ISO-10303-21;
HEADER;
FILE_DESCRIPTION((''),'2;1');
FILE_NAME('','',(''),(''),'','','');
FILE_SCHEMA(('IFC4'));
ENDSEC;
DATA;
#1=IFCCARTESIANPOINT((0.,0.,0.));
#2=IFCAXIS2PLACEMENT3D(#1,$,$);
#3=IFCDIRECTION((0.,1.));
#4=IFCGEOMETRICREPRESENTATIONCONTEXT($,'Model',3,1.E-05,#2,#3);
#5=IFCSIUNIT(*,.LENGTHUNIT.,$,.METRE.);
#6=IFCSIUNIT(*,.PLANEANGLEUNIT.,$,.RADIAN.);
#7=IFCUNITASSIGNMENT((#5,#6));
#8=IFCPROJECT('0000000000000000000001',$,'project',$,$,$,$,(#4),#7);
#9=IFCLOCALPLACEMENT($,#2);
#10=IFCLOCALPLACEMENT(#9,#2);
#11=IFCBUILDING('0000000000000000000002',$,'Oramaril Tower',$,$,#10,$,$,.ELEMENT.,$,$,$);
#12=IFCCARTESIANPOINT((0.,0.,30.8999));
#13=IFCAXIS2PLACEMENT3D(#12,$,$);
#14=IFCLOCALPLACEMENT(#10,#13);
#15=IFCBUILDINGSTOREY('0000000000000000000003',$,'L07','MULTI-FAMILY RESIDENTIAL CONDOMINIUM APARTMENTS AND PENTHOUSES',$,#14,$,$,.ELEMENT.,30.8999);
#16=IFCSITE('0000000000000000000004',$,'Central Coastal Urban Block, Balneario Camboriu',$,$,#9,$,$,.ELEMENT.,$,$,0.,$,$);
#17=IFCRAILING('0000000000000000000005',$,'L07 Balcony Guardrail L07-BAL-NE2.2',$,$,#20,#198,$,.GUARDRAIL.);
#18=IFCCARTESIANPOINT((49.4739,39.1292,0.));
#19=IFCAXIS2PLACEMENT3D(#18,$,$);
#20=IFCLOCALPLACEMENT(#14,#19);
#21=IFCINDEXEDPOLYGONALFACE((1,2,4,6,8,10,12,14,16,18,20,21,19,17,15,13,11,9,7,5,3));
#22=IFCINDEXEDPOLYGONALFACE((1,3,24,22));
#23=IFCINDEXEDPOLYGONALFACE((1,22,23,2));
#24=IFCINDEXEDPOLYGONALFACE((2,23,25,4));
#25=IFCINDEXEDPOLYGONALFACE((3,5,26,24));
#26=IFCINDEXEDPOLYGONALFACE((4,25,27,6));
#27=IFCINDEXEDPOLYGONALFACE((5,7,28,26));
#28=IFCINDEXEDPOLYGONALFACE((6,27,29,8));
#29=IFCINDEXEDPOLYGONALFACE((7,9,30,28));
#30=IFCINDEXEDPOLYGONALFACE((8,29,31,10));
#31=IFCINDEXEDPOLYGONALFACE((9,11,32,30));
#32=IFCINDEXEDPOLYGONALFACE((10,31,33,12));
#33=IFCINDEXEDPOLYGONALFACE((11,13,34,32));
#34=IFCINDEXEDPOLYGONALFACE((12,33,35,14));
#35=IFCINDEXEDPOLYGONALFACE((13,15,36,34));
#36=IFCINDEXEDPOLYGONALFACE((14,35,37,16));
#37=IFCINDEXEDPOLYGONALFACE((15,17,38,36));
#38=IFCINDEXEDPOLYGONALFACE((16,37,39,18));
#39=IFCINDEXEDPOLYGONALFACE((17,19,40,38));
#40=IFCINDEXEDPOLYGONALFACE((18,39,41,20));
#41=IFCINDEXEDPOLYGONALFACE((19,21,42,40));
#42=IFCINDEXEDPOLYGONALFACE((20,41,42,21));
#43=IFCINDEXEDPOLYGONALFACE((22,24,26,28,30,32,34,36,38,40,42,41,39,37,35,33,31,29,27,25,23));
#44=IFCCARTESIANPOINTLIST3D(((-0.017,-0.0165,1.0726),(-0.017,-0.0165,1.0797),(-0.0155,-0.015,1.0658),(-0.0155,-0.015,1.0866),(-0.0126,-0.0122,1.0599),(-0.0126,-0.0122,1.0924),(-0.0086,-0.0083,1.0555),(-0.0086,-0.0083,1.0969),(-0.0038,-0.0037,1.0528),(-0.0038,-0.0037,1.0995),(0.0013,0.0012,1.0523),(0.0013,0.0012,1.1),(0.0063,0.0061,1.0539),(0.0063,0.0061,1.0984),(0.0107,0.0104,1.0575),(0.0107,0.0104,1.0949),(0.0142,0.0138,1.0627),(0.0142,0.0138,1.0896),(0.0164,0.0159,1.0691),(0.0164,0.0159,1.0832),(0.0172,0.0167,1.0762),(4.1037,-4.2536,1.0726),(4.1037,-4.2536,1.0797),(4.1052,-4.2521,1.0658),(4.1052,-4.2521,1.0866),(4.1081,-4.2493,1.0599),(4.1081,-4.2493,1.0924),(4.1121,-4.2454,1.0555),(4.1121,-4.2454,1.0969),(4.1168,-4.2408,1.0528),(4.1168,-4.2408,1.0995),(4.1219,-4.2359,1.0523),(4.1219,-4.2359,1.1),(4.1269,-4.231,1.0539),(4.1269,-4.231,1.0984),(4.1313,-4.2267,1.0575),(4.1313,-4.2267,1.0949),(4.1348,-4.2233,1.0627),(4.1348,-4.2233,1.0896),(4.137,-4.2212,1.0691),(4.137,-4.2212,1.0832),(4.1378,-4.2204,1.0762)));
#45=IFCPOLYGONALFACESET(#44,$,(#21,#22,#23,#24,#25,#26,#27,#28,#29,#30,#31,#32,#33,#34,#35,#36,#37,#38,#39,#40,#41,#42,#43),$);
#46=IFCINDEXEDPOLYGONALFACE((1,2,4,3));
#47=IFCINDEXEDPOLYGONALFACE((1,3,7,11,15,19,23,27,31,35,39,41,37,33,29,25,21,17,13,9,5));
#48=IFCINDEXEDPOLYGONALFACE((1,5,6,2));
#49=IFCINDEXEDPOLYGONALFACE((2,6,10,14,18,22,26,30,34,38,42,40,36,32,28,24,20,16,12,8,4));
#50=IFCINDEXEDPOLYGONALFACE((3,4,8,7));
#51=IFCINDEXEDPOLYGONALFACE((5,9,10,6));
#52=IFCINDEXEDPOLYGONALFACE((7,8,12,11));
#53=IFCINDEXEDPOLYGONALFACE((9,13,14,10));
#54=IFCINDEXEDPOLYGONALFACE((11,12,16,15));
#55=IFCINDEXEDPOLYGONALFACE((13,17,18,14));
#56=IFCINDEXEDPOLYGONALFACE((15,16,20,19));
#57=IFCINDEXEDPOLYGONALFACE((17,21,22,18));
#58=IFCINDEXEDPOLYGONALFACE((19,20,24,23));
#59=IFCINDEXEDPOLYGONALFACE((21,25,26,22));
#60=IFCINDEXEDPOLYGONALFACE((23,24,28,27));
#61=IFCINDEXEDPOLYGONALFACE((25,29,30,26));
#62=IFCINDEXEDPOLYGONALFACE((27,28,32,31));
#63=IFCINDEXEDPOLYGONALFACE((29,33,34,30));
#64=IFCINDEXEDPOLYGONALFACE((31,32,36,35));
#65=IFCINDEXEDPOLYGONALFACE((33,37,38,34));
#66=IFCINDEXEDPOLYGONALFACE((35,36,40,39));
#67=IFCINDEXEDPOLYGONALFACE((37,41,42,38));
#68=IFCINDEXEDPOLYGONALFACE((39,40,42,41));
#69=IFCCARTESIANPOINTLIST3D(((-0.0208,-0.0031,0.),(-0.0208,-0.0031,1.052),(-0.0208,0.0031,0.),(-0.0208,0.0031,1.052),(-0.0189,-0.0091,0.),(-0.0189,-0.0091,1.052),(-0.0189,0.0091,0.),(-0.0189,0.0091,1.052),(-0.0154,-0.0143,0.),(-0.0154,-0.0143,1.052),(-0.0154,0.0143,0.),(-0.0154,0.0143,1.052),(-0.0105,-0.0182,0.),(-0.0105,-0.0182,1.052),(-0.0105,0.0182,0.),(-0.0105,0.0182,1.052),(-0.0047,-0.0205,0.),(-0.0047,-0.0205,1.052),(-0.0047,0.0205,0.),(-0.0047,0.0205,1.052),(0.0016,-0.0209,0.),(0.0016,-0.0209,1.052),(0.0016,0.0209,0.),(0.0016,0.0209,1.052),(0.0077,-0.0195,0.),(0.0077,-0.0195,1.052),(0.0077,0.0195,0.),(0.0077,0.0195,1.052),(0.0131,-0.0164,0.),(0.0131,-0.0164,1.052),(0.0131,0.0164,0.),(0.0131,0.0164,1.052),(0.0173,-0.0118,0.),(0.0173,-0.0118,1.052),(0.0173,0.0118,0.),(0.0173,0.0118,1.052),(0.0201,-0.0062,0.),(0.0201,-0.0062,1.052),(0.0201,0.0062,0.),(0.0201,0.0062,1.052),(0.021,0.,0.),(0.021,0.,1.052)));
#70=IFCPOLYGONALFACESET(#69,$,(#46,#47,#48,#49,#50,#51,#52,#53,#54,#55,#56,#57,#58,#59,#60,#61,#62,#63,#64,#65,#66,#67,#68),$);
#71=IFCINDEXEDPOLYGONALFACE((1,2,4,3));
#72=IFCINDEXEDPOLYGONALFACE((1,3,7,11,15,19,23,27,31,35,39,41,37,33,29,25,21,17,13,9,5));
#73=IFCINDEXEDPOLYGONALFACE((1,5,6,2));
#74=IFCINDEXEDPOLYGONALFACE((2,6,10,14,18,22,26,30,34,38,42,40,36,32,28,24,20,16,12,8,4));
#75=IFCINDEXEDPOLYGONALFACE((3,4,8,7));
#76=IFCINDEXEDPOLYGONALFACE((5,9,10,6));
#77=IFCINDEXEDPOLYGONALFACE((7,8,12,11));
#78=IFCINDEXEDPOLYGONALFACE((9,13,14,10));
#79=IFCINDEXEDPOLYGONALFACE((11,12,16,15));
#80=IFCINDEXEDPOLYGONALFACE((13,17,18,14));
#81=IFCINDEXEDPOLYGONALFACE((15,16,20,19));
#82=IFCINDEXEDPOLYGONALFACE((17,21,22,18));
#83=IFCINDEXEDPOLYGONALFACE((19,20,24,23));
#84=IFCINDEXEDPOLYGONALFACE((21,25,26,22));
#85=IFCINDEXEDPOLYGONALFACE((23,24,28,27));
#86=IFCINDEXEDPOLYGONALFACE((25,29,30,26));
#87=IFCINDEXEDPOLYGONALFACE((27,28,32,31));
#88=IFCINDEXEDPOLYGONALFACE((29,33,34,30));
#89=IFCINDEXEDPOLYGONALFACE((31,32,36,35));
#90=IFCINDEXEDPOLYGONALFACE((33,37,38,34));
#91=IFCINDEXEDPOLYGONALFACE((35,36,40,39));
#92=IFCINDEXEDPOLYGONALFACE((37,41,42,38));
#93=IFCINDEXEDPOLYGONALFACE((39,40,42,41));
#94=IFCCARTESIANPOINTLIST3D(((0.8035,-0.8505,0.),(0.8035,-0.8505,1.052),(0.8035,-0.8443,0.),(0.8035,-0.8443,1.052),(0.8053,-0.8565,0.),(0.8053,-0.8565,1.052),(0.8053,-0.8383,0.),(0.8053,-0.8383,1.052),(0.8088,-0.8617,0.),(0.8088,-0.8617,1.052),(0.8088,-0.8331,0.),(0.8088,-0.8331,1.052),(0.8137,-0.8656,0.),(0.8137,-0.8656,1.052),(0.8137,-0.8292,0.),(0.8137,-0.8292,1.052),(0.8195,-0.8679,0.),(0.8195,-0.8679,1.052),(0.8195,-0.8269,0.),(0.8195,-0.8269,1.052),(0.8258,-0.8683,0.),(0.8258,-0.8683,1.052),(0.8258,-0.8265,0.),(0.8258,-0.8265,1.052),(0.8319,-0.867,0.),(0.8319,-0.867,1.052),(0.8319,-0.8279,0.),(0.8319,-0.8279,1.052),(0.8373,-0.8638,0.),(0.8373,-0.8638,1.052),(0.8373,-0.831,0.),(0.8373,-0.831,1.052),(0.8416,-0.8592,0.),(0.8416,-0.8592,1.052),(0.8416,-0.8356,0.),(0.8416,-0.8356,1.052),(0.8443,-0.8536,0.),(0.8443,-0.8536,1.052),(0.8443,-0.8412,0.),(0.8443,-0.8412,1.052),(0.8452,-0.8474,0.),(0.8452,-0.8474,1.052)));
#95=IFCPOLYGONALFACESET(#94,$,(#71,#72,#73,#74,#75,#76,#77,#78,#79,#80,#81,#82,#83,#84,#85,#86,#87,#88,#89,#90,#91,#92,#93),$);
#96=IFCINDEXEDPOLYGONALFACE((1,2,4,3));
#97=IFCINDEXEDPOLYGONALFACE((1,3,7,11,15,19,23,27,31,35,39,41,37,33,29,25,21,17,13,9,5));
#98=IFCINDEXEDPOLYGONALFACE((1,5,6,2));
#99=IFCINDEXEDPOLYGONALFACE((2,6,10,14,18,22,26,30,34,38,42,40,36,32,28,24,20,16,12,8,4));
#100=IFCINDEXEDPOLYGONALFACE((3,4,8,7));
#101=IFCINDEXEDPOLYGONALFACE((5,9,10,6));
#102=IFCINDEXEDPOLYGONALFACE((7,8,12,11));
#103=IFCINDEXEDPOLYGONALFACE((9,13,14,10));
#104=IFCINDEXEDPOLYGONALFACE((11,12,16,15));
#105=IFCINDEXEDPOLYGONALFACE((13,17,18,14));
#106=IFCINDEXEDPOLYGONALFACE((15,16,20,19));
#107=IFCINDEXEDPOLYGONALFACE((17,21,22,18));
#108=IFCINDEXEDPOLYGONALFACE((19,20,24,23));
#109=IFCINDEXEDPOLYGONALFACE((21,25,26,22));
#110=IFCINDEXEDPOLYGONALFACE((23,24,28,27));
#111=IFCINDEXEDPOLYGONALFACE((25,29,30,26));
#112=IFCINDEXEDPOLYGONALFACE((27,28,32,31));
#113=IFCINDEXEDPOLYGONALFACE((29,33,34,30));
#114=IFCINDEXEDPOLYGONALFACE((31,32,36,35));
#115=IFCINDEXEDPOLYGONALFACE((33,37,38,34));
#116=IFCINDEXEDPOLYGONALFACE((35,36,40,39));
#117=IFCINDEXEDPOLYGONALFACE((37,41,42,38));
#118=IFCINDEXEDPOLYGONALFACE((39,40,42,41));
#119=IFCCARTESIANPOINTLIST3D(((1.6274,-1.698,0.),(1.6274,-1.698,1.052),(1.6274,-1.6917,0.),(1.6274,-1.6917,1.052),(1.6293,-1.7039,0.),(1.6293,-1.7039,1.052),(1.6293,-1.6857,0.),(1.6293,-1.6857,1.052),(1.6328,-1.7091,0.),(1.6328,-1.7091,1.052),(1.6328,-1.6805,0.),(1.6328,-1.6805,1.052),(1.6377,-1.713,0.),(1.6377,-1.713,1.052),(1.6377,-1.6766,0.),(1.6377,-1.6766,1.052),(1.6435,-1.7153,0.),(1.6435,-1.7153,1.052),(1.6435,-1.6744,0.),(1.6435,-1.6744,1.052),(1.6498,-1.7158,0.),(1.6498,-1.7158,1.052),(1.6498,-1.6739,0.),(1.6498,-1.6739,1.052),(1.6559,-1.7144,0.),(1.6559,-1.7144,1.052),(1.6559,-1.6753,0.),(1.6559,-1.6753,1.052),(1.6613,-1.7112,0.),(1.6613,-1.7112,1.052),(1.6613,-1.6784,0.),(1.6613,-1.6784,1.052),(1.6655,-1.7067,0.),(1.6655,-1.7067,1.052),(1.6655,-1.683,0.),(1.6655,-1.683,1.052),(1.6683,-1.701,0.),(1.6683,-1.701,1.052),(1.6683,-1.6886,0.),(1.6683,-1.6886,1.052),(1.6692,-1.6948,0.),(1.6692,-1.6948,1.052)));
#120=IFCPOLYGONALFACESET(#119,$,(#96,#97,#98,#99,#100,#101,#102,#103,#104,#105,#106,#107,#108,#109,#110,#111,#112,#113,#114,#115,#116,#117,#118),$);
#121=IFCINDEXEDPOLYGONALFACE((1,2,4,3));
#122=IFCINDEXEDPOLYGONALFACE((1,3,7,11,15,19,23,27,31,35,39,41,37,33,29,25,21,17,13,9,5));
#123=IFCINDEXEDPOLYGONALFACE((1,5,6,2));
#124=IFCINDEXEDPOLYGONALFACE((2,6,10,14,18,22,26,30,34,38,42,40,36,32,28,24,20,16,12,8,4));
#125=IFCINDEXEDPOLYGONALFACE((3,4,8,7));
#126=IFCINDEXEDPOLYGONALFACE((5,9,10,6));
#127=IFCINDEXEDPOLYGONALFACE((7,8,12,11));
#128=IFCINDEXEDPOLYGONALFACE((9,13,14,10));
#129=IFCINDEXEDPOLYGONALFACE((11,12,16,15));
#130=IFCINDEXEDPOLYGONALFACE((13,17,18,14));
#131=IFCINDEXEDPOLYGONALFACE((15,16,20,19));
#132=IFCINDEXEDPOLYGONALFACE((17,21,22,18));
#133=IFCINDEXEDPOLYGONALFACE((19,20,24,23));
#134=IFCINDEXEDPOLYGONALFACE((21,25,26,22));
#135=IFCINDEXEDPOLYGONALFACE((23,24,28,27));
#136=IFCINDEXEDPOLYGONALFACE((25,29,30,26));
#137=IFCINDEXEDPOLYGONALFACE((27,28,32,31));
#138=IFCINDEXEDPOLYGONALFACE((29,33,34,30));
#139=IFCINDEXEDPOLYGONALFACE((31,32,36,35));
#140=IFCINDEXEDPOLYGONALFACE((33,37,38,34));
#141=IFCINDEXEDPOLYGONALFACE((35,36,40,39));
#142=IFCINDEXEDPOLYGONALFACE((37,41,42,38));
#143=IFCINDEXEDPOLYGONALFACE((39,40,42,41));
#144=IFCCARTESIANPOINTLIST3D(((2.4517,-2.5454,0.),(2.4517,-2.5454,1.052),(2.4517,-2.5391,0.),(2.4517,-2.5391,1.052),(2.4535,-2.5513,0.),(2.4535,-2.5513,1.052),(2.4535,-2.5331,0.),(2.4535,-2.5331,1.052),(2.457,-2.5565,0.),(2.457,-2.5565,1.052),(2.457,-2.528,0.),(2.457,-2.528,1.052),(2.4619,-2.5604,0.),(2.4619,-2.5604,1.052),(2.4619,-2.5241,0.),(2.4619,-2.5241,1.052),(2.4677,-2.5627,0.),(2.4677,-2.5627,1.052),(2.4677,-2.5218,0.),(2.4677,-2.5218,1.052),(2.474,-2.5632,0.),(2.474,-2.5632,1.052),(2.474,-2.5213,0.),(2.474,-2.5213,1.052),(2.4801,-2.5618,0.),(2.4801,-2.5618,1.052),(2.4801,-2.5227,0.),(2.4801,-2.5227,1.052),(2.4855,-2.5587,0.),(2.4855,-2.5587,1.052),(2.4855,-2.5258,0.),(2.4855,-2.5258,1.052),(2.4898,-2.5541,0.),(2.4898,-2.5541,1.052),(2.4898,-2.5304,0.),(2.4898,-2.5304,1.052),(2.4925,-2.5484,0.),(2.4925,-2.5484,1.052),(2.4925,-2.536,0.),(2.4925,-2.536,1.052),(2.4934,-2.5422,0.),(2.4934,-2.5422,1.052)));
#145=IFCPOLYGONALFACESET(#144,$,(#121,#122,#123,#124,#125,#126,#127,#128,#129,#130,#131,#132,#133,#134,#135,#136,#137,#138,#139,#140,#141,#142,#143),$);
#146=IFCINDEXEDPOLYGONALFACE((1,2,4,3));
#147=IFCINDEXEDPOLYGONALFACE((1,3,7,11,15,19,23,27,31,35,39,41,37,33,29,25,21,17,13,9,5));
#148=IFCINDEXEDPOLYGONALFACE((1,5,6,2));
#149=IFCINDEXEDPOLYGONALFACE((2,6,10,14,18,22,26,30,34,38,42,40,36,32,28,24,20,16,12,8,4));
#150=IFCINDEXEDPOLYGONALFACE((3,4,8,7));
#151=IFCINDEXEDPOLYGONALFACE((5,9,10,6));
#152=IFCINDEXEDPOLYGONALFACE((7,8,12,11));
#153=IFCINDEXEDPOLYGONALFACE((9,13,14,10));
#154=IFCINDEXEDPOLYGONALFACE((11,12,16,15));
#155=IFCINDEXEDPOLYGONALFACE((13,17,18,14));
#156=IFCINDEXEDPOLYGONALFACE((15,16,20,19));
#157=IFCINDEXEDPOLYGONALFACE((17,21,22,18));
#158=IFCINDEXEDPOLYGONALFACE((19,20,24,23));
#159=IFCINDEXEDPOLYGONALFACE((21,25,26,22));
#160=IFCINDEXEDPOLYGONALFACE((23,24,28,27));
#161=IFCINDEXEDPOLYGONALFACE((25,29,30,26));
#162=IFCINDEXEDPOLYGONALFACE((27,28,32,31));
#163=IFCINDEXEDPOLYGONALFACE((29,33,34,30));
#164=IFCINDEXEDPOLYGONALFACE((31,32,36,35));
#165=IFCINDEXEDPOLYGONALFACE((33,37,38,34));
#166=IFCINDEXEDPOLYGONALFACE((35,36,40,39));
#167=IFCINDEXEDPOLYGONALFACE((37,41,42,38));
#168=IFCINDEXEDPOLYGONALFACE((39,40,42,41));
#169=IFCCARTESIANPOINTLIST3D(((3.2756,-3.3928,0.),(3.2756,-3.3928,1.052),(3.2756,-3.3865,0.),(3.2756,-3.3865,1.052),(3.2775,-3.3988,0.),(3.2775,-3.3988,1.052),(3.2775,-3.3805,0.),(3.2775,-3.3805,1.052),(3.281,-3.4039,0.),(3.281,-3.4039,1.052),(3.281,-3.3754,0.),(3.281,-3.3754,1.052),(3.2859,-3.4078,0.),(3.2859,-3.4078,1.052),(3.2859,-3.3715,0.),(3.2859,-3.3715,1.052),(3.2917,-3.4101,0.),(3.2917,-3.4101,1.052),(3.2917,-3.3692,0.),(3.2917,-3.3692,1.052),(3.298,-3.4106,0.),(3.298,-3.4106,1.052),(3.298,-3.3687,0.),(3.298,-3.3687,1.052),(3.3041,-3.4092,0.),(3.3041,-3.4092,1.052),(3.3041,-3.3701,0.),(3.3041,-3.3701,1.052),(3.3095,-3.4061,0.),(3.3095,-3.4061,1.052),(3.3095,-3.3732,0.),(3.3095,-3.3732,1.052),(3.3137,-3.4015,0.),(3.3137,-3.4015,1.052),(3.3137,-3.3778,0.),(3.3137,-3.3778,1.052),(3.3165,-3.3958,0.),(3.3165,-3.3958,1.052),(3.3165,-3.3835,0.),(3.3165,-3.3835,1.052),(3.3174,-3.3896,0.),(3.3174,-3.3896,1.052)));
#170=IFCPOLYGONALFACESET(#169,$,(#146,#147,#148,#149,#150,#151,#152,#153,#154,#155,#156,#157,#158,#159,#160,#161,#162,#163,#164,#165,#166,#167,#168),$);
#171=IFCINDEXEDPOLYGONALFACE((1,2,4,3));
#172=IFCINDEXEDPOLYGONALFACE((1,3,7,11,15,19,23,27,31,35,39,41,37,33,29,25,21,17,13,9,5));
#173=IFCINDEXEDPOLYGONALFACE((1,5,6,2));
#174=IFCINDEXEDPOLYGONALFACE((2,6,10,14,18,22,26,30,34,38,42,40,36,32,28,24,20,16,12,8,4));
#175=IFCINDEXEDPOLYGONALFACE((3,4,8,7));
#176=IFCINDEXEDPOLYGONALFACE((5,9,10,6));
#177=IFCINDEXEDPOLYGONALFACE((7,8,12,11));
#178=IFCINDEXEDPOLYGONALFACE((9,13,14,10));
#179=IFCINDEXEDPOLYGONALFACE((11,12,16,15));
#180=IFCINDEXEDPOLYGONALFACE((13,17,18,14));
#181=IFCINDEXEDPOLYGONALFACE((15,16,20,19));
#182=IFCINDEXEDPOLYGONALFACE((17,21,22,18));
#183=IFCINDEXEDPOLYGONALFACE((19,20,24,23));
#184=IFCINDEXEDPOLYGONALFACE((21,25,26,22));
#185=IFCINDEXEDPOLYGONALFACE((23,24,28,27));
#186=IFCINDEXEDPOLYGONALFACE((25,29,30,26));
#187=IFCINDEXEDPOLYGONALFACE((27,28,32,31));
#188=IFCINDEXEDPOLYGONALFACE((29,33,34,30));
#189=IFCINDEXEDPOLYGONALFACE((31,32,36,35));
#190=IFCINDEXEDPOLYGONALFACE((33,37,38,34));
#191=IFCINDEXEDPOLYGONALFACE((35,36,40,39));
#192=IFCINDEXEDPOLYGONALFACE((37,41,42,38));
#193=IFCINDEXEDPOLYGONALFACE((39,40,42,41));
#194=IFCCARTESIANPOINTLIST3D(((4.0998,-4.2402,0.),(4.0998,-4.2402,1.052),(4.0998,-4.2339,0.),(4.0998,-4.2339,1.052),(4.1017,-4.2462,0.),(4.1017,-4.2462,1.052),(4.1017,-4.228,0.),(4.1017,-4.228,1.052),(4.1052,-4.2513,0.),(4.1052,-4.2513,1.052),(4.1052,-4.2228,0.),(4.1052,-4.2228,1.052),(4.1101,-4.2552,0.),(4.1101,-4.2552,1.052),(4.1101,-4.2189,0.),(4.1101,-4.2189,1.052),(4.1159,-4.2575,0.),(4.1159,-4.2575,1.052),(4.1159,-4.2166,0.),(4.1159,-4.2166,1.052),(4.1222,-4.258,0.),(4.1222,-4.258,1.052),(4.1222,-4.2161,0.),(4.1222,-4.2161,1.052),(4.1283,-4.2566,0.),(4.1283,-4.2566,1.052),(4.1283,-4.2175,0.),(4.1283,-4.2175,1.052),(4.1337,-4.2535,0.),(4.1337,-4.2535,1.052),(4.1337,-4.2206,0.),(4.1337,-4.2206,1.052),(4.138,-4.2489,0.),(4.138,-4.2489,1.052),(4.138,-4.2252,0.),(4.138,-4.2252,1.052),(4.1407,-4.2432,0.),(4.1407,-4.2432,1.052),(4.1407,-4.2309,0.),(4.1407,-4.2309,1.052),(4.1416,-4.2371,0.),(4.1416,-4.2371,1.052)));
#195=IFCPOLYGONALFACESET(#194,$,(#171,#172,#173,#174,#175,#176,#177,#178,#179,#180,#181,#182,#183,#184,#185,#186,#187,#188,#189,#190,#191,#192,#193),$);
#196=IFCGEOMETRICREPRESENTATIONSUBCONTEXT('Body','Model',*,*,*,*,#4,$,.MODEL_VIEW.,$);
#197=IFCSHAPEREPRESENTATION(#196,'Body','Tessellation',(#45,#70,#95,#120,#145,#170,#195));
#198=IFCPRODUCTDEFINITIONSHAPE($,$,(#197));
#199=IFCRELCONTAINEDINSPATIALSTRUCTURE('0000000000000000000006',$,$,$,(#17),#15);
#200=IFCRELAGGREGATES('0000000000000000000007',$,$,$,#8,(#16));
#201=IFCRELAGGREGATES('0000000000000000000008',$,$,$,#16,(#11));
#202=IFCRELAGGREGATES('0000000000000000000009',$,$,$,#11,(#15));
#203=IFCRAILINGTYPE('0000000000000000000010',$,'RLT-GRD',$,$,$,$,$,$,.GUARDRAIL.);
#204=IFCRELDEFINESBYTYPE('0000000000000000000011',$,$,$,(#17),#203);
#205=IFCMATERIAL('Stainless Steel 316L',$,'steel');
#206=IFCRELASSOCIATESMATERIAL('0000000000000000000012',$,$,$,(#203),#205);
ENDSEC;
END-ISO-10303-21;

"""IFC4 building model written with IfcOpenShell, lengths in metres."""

from ifc_helpers import new_model, si_unit, direction, frame, origin, origin_2d, place, context, subcontext, project, spatial, circle, extrude, material, type_object, element, save


model = new_model("IFC4")

# Units and contexts
model_context = context("Model", 3, precision=1e-05, world=origin(), true_north=direction((0.0, 1.0)))
body_context = subcontext(model_context, "Body", "Model", "MODEL_VIEW")
ifc_project = project(units=[si_unit("LENGTHUNIT", "METRE"), si_unit("PLANEANGLEUNIT", "RADIAN")], contexts=[model_context])

# Site, building, storey
site_placement = place(None, origin())
site = spatial("IfcSite", under=ifc_project, at=site_placement, Name="Central Coastal Urban Block, Balneario Camboriu", CompositionType="ELEMENT", RefElevation=0.0)
building_placement = place(site_placement, origin())
building = spatial("IfcBuilding", under=site, at=building_placement, Name="Oramaril Tower", CompositionType="ELEMENT")
storey_placement = place(building_placement, frame((0.0, 0.0, 30.8999)))
storey = spatial("IfcBuildingStorey", under=building, at=storey_placement, Name="L07", Description="MULTI-FAMILY RESIDENTIAL CONDOMINIUM APARTMENTS AND PENTHOUSES", CompositionType="ELEMENT", Elevation=30.8999)

# Railing
ifc_material_1 = material(Name="Stainless Steel 316L", Category="steel")
railing_type = type_object("IfcRailingType", Name="RLT-GRD", PredefinedType="GUARDRAIL", material=ifc_material_1)
railing_1_placement = place(storey_placement, frame((49.4739, 39.1292, 0.0)))
element("IfcRailing", 1, at=railing_1_placement, inside=storey, type_object=railing_type, Name="L07 Balcony Guardrail L07-BAL-NE2.2", PredefinedType="GUARDRAIL", context=body_context, shape_type="SweptSolid", body=[
    extrude(circle(Radius=0.0239, at=origin_2d()), frame((0.0, 0.0, 1.0762), z_axis=(0.697186, -0.71689, 0.0), x_axis=(0.71689, 0.697186, 0.0)), (0.0, 0.0, 1.0), 5.9104),
    extrude(circle(Radius=0.021, at=origin_2d()), origin(), (0.0, 0.0, 1.0), 1.052),
    extrude(circle(Radius=0.021, at=origin_2d()), frame((0.8242, -0.8474, 0.0)), (0.0, 0.0, 1.0), 1.052),
    extrude(circle(Radius=0.021, at=origin_2d()), frame((1.6482, -1.6948, 0.0)), (0.0, 0.0, 1.0), 1.052),
    extrude(circle(Radius=0.021, at=origin_2d()), frame((2.4724, -2.5422, 0.0)), (0.0, 0.0, 1.0), 1.052),
    extrude(circle(Radius=0.021, at=origin_2d()), frame((3.2964, -3.3896, 0.0)), (0.0, 0.0, 1.0), 1.052),
    extrude(circle(Radius=0.021, at=origin_2d()), frame((4.1206, -4.2371, 0.0)), (0.0, 0.0, 1.0), 1.052),
])

save(model, "model.ifc")
